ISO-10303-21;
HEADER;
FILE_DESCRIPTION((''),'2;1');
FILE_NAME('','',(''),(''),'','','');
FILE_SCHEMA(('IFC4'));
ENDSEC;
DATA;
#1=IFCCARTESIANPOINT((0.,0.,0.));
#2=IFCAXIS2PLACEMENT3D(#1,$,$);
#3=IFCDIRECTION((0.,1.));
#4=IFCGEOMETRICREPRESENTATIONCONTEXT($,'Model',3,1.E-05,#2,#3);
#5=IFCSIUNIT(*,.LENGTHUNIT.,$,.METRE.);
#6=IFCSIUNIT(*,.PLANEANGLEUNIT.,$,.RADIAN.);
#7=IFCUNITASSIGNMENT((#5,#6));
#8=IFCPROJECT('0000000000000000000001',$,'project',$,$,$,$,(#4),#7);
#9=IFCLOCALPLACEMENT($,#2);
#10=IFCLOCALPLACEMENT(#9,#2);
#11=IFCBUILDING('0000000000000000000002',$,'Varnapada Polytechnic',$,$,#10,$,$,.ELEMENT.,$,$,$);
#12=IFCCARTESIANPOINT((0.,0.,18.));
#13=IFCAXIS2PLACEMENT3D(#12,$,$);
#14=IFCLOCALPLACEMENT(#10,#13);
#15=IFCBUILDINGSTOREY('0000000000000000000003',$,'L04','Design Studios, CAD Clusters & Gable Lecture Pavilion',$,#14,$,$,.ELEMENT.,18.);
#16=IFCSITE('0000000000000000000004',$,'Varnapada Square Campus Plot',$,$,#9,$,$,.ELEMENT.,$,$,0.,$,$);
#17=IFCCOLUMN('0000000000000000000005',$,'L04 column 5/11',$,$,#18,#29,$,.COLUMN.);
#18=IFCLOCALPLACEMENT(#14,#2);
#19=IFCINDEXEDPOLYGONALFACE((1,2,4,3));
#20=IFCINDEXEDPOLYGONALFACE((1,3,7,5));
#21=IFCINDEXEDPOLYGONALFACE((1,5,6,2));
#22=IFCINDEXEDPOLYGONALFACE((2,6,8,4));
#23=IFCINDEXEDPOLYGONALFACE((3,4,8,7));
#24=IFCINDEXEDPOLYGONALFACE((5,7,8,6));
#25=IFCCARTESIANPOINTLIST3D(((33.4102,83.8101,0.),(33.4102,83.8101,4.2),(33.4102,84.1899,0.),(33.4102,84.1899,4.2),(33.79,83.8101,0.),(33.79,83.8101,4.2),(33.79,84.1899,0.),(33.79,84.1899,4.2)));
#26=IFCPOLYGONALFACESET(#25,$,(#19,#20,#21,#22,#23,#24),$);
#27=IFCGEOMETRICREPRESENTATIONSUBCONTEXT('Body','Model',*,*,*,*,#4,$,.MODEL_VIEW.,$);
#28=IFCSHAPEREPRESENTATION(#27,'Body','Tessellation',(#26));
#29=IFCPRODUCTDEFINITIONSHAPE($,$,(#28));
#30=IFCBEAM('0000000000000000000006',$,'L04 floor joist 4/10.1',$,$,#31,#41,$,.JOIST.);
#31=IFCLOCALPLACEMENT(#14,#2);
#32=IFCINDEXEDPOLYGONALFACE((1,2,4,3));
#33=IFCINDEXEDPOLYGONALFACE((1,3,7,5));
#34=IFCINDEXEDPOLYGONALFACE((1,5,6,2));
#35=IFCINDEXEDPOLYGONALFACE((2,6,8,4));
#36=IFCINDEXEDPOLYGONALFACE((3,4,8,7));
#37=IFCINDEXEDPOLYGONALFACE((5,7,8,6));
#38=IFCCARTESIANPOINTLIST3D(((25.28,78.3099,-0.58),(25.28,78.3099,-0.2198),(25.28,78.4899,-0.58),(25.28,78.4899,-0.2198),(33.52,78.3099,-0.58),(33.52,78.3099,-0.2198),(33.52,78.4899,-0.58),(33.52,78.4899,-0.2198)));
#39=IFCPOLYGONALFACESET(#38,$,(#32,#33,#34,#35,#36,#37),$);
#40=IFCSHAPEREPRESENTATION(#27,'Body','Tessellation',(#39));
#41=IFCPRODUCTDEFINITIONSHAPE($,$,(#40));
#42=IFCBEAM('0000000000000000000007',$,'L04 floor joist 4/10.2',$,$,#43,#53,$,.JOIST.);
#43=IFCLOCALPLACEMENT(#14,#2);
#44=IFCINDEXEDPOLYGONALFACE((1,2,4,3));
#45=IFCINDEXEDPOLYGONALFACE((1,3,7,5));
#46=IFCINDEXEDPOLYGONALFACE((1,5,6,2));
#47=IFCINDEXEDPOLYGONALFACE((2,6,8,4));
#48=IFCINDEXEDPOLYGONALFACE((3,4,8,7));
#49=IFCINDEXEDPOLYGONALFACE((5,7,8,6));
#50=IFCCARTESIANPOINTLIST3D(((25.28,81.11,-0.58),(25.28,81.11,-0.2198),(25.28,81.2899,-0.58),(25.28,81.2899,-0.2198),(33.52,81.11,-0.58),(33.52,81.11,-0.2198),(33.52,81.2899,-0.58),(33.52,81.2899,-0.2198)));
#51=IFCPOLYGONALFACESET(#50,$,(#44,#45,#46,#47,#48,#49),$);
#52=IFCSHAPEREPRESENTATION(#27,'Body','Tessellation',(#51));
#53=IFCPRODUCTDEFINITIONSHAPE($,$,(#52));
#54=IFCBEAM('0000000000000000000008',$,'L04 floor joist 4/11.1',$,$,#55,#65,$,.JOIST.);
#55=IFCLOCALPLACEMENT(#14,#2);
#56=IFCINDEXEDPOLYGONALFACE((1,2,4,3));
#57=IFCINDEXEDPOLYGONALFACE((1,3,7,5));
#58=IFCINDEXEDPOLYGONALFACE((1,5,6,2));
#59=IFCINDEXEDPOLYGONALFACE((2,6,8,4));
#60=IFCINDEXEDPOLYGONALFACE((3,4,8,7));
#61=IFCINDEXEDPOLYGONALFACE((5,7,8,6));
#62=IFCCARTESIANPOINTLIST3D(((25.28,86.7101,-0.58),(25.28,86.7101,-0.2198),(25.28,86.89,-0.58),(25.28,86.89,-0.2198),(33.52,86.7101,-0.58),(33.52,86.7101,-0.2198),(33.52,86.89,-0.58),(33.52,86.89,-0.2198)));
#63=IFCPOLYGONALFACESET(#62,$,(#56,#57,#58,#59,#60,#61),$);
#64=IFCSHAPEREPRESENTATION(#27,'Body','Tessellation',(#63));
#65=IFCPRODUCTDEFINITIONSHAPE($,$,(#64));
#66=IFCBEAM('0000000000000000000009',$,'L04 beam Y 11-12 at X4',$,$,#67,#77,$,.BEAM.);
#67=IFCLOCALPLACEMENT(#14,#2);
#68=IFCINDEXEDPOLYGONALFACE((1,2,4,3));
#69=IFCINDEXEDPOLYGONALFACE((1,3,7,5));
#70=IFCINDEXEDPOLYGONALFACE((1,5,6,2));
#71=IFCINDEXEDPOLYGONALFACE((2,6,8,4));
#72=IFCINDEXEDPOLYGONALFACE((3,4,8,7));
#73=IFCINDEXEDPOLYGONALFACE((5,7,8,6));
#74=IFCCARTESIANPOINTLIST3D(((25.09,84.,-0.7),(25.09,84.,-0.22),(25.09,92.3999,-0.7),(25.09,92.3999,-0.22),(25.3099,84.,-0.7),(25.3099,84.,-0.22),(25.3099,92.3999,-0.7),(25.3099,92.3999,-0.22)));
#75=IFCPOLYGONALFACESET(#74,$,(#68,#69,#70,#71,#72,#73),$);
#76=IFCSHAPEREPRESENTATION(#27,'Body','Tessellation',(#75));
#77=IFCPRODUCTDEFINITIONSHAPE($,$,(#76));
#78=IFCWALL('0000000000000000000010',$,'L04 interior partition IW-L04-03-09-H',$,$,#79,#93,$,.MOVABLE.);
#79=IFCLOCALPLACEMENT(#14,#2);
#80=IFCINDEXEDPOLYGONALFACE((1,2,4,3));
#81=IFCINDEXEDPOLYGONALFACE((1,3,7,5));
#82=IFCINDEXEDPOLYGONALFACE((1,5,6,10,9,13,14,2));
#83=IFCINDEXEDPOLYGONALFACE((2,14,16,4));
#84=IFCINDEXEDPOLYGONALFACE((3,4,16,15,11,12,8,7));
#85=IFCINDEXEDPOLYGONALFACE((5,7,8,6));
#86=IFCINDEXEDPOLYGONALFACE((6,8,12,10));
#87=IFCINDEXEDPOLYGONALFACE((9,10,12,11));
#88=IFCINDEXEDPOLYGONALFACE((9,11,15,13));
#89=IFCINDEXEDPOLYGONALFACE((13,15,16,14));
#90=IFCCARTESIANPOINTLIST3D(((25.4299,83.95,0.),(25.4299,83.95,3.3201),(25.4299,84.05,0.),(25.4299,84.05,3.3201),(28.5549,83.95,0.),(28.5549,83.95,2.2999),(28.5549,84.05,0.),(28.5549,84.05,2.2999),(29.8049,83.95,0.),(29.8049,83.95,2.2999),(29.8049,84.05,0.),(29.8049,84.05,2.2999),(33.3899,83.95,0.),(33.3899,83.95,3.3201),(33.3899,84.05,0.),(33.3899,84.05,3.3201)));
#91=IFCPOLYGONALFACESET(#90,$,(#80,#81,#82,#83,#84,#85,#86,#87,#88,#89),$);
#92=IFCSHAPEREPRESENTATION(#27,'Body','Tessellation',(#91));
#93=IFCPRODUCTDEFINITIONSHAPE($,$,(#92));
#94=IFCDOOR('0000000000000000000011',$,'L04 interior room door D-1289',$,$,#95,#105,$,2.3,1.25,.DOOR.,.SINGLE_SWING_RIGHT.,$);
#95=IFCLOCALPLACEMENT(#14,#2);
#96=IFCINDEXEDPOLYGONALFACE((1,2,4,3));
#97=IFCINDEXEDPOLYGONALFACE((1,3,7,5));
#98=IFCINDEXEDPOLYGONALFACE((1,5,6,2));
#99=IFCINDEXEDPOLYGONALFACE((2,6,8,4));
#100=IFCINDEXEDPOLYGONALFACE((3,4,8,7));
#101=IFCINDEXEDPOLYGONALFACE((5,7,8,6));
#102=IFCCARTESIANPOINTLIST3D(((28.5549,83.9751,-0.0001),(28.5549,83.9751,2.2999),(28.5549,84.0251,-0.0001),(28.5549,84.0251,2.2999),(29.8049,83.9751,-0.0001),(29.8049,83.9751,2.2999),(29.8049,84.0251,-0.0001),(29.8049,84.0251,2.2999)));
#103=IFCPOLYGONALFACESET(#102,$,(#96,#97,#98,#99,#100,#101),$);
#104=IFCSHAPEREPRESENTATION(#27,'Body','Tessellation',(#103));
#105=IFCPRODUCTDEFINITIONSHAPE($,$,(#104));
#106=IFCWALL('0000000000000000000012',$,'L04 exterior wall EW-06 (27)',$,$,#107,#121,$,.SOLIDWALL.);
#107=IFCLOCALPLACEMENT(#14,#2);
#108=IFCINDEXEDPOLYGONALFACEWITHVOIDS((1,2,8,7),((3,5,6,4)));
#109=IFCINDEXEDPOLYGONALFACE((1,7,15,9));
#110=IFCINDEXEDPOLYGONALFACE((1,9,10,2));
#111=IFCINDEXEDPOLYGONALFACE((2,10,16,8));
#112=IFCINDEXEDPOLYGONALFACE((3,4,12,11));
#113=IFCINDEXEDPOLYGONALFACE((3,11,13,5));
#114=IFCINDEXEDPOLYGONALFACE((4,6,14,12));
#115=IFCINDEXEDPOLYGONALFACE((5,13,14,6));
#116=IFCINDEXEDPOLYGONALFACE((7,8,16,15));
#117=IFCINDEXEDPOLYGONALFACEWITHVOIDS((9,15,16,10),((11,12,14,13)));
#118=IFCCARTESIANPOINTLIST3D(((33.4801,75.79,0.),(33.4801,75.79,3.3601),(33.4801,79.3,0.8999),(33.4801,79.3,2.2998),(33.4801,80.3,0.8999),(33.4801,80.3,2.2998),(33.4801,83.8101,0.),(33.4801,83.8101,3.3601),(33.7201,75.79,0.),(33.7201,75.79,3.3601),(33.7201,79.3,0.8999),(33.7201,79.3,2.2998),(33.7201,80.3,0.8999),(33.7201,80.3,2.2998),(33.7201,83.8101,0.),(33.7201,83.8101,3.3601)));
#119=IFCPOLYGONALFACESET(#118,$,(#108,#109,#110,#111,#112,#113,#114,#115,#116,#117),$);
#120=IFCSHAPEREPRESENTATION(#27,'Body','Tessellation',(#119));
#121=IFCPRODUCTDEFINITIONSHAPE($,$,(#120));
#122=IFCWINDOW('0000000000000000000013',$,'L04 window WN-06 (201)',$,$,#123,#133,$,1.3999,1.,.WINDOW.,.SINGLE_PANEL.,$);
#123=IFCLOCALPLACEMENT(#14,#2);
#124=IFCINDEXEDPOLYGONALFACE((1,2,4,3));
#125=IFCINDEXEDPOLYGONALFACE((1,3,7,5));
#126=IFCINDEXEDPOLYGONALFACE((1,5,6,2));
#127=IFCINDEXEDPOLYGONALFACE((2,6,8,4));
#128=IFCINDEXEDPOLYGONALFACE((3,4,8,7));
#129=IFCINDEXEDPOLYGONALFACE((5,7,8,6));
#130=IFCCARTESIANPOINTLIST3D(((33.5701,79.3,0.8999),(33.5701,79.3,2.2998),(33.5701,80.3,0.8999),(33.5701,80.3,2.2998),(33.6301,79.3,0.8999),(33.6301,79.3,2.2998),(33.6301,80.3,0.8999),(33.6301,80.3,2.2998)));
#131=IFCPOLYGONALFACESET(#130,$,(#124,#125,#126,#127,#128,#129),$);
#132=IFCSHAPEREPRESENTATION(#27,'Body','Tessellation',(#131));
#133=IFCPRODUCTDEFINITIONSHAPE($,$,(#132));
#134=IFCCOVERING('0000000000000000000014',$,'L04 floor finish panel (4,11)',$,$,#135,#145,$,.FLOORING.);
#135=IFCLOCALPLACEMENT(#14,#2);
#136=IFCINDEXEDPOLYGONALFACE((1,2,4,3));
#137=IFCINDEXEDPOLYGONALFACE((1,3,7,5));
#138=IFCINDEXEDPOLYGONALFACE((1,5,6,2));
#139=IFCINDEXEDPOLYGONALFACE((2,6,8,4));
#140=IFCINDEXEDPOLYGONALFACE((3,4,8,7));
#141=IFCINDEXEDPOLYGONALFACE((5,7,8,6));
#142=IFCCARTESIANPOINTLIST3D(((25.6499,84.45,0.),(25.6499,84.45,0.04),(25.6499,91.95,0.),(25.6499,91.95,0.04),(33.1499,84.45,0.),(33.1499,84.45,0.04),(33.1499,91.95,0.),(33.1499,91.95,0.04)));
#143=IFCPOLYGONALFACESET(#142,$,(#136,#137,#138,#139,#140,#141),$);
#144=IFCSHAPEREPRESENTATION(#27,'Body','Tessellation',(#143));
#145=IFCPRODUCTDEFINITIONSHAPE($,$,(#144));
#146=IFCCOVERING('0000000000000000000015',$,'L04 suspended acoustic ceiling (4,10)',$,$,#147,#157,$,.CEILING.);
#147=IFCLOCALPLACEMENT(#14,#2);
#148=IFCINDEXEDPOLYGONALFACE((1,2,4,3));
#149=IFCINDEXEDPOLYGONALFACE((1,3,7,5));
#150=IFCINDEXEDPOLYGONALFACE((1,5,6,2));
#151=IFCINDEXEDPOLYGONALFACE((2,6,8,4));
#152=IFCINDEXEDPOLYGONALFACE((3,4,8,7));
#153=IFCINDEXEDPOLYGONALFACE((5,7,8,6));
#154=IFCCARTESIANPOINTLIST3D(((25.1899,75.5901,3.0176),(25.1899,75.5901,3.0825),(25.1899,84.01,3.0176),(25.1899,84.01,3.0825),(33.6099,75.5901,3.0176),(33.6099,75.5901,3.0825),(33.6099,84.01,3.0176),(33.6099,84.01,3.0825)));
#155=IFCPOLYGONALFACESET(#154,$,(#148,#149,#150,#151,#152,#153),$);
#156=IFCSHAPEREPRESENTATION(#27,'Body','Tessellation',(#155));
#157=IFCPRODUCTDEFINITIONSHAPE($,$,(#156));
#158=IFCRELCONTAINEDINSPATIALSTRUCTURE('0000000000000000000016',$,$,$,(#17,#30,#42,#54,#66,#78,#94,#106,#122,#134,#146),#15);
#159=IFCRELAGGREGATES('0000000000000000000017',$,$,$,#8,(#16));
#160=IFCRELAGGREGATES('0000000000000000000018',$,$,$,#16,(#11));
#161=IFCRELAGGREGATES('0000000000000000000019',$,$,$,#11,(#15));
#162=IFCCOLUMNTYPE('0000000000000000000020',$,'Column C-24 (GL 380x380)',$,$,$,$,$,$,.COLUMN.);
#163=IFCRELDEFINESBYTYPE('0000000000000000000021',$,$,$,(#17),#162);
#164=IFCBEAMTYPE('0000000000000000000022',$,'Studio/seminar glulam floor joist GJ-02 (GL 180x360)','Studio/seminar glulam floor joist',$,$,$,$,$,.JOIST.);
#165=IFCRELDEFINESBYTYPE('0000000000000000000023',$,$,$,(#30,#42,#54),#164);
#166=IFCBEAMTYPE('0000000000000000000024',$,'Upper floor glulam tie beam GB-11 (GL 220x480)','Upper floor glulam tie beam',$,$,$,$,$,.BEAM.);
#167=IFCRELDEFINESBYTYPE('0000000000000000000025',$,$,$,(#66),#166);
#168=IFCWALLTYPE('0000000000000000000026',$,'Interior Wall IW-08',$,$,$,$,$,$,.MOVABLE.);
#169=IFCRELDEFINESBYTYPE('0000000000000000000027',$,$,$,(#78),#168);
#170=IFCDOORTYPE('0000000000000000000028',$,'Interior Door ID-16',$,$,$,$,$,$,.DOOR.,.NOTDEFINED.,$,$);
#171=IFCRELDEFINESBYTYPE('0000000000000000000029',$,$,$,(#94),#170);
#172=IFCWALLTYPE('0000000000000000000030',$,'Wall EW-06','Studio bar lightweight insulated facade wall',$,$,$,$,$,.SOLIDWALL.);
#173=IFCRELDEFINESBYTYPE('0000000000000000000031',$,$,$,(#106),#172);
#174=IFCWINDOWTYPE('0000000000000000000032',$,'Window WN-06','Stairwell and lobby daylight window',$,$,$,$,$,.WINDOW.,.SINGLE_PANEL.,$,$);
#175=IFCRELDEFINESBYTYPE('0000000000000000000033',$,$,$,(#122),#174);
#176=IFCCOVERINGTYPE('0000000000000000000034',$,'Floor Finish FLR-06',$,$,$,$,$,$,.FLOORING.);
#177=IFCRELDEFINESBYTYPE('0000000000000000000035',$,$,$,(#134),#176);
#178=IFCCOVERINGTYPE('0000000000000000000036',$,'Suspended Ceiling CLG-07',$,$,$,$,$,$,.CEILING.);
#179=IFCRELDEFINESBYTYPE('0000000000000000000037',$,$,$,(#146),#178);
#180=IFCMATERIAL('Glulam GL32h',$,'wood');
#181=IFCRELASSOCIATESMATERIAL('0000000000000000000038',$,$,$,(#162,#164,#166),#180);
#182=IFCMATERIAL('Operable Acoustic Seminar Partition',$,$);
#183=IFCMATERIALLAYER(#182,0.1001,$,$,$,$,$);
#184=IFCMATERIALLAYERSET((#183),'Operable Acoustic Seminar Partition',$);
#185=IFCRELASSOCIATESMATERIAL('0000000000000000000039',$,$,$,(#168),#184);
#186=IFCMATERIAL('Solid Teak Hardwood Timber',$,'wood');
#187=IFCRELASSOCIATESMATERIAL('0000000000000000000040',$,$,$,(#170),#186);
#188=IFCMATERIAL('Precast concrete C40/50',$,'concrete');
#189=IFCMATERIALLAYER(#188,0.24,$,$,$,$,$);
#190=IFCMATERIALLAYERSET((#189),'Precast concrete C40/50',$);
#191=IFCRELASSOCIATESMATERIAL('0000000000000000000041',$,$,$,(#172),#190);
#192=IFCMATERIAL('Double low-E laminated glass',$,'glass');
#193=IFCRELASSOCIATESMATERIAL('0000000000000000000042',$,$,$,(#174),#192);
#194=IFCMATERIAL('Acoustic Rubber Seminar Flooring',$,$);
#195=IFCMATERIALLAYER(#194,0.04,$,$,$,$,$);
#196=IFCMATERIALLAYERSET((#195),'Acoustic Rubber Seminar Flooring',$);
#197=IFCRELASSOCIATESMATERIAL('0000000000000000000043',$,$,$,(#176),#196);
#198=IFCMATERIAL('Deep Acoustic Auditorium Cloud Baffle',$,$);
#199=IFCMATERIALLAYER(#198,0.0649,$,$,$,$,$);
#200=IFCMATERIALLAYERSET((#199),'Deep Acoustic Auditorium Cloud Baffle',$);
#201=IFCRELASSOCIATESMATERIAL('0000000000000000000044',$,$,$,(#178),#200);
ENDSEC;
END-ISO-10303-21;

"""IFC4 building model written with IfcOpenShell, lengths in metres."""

from ifc_helpers import new_model, si_unit, direction, frame, frame_2d, origin, origin_2d, place, context, subcontext, project, spatial, rectangle, extrude, material, layer, layer_set, material_profile, profile_set, type_object, element, fill, save


model = new_model("IFC4")

# Units and contexts
model_context = context("Model", 3, precision=1e-05, world=origin(), true_north=direction((0.0, 1.0)))
body_context = subcontext(model_context, "Body", "Model", "MODEL_VIEW")
ifc_project = project(units=[si_unit("LENGTHUNIT", "METRE"), si_unit("PLANEANGLEUNIT", "RADIAN")], contexts=[model_context])

# Site, building, storey
site_placement = place(None, origin())
site = spatial("IfcSite", under=ifc_project, at=site_placement, Name="Varnapada Square Campus Plot", CompositionType="ELEMENT", RefElevation=0.0)
building_placement = place(site_placement, origin())
building = spatial("IfcBuilding", under=site, at=building_placement, Name="Varnapada Polytechnic", CompositionType="ELEMENT")
storey_placement = place(building_placement, frame((0.0, 0.0, 18.0)))
storey = spatial("IfcBuildingStorey", under=building, at=storey_placement, Name="L04", Description="Design Studios, CAD Clusters & Gable Lecture Pavilion", CompositionType="ELEMENT", Elevation=18.0)

# Column
ifc_material_1 = material(Name="Glulam GL32h", Category="wood")
ifc_material_profile_1 = material_profile(ifc_material_1, rectangle(XDim=0.3799, YDim=0.3799, at=origin_2d()), Name="GL 380x380")
ifc_profile_set_1 = profile_set([ifc_material_profile_1], Name="Glulam GL32h")
column_type = type_object("IfcColumnType", Name="Column C-24 (GL 380x380)", PredefinedType="COLUMN", material=ifc_profile_set_1)
column_placement = place(storey_placement, frame((33.6001, 84.0, 0.0), z_axis=(0.0, 0.0, 1.0), x_axis=(1.0, 0.0, 0.0)))
element("IfcColumn", 1, at=column_placement, inside=storey, type_object=column_type, Name="L04 column 5/11", PredefinedType="COLUMN", context=body_context, shape_type="SweptSolid", body=[
    extrude(rectangle(XDim=0.3799, YDim=0.3799, at=origin_2d()), origin(), (0.0, 0.0, 1.0), 4.2),
])

# Beams
ifc_material_profile_2 = material_profile(ifc_material_1, rectangle(XDim=0.1799, YDim=0.3601, at=origin_2d()), Name="GL 180x360")
ifc_profile_set_2 = profile_set([ifc_material_profile_2], Name="Glulam GL32h")
beam_type_1 = type_object("IfcBeamType", Name="Studio/seminar glulam floor joist GJ-02 (GL 180x360)", Description="Studio/seminar glulam floor joist", PredefinedType="JOIST", material=ifc_profile_set_2)
for number, where, z_axis, x_axis, name in (
    (2, (25.28, 78.3999, -0.3999), (1.0, 0.0, 0.0), (0.0, 1.0, 0.0), "L04 floor joist 4/10.1"),
    (3, (25.28, 81.2, -0.3999), (1.0, 0.0, 0.0), (0.0, 1.0, 0.0), "L04 floor joist 4/10.2"),
    (4, (25.28, 86.8, -0.3999), (1.0, 0.0, 0.0), (0.0, 1.0, 0.0), "L04 floor joist 4/11.1"),
):
    element("IfcBeam", number, at=place(storey_placement, frame(where, z_axis=z_axis, x_axis=x_axis)), inside=storey, type_object=beam_type_1, Name=name, PredefinedType="JOIST", context=body_context, shape_type="SweptSolid", body=[
        extrude(rectangle(XDim=0.1799, YDim=0.3601, at=origin_2d()), origin(), (0.0, 0.0, 1.0), 8.24),
    ])
ifc_material_profile_3 = material_profile(ifc_material_1, rectangle(XDim=0.22, YDim=0.48, at=origin_2d()), Name="GL 220x480")
ifc_profile_set_3 = profile_set([ifc_material_profile_3], Name="Glulam GL32h")
beam_type_2 = type_object("IfcBeamType", Name="Upper floor glulam tie beam GB-11 (GL 220x480)", Description="Upper floor glulam tie beam", PredefinedType="BEAM", material=ifc_profile_set_3)
beam_placement = place(storey_placement, frame((25.2, 84.0, -0.46), z_axis=(0.0, 1.0, 0.0), x_axis=(-1.0, 0.0, 0.0)))
element("IfcBeam", 5, at=beam_placement, inside=storey, type_object=beam_type_2, Name="L04 beam Y 11-12 at X4", PredefinedType="BEAM", context=body_context, shape_type="SweptSolid", body=[
    extrude(rectangle(XDim=0.22, YDim=0.48, at=origin_2d()), origin(), (0.0, 0.0, 1.0), 8.3999),
])

# Wall, opening, door
ifc_material_2 = material(Name="Operable Acoustic Seminar Partition")
ifc_layer_1 = layer(ifc_material_2, 0.1001)
ifc_layer_set_1 = layer_set([ifc_layer_1], Name="Operable Acoustic Seminar Partition")
wall_type_1 = type_object("IfcWallType", Name="Interior Wall IW-08", PredefinedType="MOVABLE", material=ifc_layer_set_1)
wall_1_placement = place(storey_placement, frame((25.4299, 84.0, 0.0), z_axis=(0.0, 0.0, 1.0), x_axis=(1.0, 0.0, 0.0)))
wall_1 = element("IfcWall", 6, at=wall_1_placement, inside=storey, type_object=wall_type_1, Name="L04 interior partition IW-L04-03-09-H", PredefinedType="MOVABLE", context=body_context, shape_type="SweptSolid", body=[
    extrude(rectangle(XDim=7.96, YDim=0.1001, at=frame_2d((3.98, 0.0))), origin(), (0.0, 0.0, 1.0), 3.3201),
])
opening_1_placement = place(wall_1_placement, frame((3.125, 0.0, 0.0)))
opening_1 = element("IfcOpeningElement", 7, at=opening_1_placement, cuts=wall_1, PredefinedType="OPENING", context=body_context, shape_type="SweptSolid", body=[
    extrude(rectangle(XDim=1.25, YDim=2.3, at=frame_2d((0.625, 1.1499))), frame((0.0, 0.0601, 0.0), z_axis=(0.0, -1.0, 0.0), x_axis=(1.0, 0.0, 0.0)), (0.0, 0.0, 1.0), 0.1201),
])
ifc_material_3 = material(Name="Solid Teak Hardwood Timber", Category="wood")
door_type = type_object("IfcDoorType", Name="Interior Door ID-16", OperationType="NOTDEFINED", PredefinedType="DOOR", material=ifc_material_3)
door_placement = place(opening_1_placement, frame((1.25, 0.0, 0.0), z_axis=(0.0, 0.0, 1.0), x_axis=(-1.0, 0.0, 0.0)))
door = element("IfcDoor", 8, at=door_placement, inside=storey, type_object=door_type, Name="L04 interior room door D-1289", OperationType="SINGLE_SWING_RIGHT", OverallHeight=2.3, OverallWidth=1.25, PredefinedType="DOOR", context=body_context, shape_type="SweptSolid", body=[
    extrude(rectangle(XDim=1.25, YDim=2.3, at=frame_2d((0.625, 1.1499))), frame((0.0, 0.0249, 0.0), z_axis=(0.0, -1.0, 0.0), x_axis=(1.0, 0.0, 0.0)), (0.0, 0.0, 1.0), 0.05),
])
fill(opening_1, door)

# Wall, opening, window
ifc_material_4 = material(Name="Precast concrete C40/50", Category="concrete")
ifc_layer_2 = layer(ifc_material_4, 0.24)
ifc_layer_set_2 = layer_set([ifc_layer_2], Name="Precast concrete C40/50")
wall_type_2 = type_object("IfcWallType", Name="Wall EW-06", Description="Studio bar lightweight insulated facade wall", PredefinedType="SOLIDWALL", material=ifc_layer_set_2)
wall_2_placement = place(storey_placement, frame((33.6001, 83.8101, 0.0), z_axis=(0.0, 0.0, 1.0), x_axis=(0.0, -1.0, 0.0)))
wall_2 = element("IfcWall", 9, at=wall_2_placement, inside=storey, type_object=wall_type_2, Name="L04 exterior wall EW-06 (27)", PredefinedType="SOLIDWALL", context=body_context, shape_type="SweptSolid", body=[
    extrude(rectangle(XDim=8.02, YDim=0.24, at=frame_2d((4.01, 0.0))), origin(), (0.0, 0.0, 1.0), 3.3601),
])
opening_2_placement = place(wall_2_placement, frame((3.51, 0.0, 0.8999)))
opening_2 = element("IfcOpeningElement", 10, at=opening_2_placement, cuts=wall_2, PredefinedType="OPENING", context=body_context, shape_type="SweptSolid", body=[
    extrude(rectangle(XDim=1.0, YDim=1.3999, at=frame_2d((0.5, 0.7))), frame((0.0, 0.1299, 0.0), z_axis=(0.0, -1.0, 0.0), x_axis=(1.0, 0.0, 0.0)), (0.0, 0.0, 1.0), 0.26),
])
ifc_material_5 = material(Name="Double low-E laminated glass", Category="glass")
window_type = type_object("IfcWindowType", Name="Window WN-06", Description="Stairwell and lobby daylight window", PartitioningType="SINGLE_PANEL", PredefinedType="WINDOW", material=ifc_material_5)
window_placement = place(opening_2_placement, origin())
window = element("IfcWindow", 11, at=window_placement, inside=storey, type_object=window_type, Name="L04 window WN-06 (201)", OverallHeight=1.3999, OverallWidth=1.0, PartitioningType="SINGLE_PANEL", PredefinedType="WINDOW", context=body_context, shape_type="SweptSolid", body=[
    extrude(rectangle(XDim=1.0, YDim=1.3999, at=frame_2d((0.5, 0.7))), frame((0.0, 0.03, 0.0), z_axis=(0.0, -1.0, 0.0), x_axis=(1.0, 0.0, 0.0)), (0.0, 0.0, 1.0), 0.0601),
])
fill(opening_2, window)

# Coverings
ifc_material_6 = material(Name="Acoustic Rubber Seminar Flooring")
ifc_layer_3 = layer(ifc_material_6, 0.04)
ifc_layer_set_3 = layer_set([ifc_layer_3], Name="Acoustic Rubber Seminar Flooring")
covering_type_1 = type_object("IfcCoveringType", Name="Floor Finish FLR-06", PredefinedType="FLOORING", material=ifc_layer_set_3)
covering_1_placement = place(storey_placement, frame((29.3999, 88.2, 0.0), z_axis=(0.0, 0.0, 1.0), x_axis=(1.0, 0.0, 0.0)))
element("IfcCovering", 12, at=covering_1_placement, inside=storey, type_object=covering_type_1, Name="L04 floor finish panel (4,11)", PredefinedType="FLOORING", context=body_context, shape_type="SweptSolid", body=[
    extrude(rectangle(XDim=7.5, YDim=7.5, at=origin_2d()), origin(), (0.0, 0.0, 1.0), 0.04),
])
ifc_material_7 = material(Name="Deep Acoustic Auditorium Cloud Baffle")
ifc_layer_4 = layer(ifc_material_7, 0.0649)
ifc_layer_set_4 = layer_set([ifc_layer_4], Name="Deep Acoustic Auditorium Cloud Baffle")
covering_type_2 = type_object("IfcCoveringType", Name="Suspended Ceiling CLG-07", PredefinedType="CEILING", material=ifc_layer_set_4)
covering_2_placement = place(storey_placement, frame((29.3999, 79.8, 3.0176), z_axis=(0.0, 0.0, 1.0), x_axis=(1.0, 0.0, 0.0)))
element("IfcCovering", 13, at=covering_2_placement, inside=storey, type_object=covering_type_2, Name="L04 suspended acoustic ceiling (4,10)", PredefinedType="CEILING", context=body_context, shape_type="SweptSolid", body=[
    extrude(rectangle(XDim=8.4199, YDim=8.4199, at=origin_2d()), origin(), (0.0, 0.0, 1.0), 0.0649),
])

save(model, "model.ifc")
